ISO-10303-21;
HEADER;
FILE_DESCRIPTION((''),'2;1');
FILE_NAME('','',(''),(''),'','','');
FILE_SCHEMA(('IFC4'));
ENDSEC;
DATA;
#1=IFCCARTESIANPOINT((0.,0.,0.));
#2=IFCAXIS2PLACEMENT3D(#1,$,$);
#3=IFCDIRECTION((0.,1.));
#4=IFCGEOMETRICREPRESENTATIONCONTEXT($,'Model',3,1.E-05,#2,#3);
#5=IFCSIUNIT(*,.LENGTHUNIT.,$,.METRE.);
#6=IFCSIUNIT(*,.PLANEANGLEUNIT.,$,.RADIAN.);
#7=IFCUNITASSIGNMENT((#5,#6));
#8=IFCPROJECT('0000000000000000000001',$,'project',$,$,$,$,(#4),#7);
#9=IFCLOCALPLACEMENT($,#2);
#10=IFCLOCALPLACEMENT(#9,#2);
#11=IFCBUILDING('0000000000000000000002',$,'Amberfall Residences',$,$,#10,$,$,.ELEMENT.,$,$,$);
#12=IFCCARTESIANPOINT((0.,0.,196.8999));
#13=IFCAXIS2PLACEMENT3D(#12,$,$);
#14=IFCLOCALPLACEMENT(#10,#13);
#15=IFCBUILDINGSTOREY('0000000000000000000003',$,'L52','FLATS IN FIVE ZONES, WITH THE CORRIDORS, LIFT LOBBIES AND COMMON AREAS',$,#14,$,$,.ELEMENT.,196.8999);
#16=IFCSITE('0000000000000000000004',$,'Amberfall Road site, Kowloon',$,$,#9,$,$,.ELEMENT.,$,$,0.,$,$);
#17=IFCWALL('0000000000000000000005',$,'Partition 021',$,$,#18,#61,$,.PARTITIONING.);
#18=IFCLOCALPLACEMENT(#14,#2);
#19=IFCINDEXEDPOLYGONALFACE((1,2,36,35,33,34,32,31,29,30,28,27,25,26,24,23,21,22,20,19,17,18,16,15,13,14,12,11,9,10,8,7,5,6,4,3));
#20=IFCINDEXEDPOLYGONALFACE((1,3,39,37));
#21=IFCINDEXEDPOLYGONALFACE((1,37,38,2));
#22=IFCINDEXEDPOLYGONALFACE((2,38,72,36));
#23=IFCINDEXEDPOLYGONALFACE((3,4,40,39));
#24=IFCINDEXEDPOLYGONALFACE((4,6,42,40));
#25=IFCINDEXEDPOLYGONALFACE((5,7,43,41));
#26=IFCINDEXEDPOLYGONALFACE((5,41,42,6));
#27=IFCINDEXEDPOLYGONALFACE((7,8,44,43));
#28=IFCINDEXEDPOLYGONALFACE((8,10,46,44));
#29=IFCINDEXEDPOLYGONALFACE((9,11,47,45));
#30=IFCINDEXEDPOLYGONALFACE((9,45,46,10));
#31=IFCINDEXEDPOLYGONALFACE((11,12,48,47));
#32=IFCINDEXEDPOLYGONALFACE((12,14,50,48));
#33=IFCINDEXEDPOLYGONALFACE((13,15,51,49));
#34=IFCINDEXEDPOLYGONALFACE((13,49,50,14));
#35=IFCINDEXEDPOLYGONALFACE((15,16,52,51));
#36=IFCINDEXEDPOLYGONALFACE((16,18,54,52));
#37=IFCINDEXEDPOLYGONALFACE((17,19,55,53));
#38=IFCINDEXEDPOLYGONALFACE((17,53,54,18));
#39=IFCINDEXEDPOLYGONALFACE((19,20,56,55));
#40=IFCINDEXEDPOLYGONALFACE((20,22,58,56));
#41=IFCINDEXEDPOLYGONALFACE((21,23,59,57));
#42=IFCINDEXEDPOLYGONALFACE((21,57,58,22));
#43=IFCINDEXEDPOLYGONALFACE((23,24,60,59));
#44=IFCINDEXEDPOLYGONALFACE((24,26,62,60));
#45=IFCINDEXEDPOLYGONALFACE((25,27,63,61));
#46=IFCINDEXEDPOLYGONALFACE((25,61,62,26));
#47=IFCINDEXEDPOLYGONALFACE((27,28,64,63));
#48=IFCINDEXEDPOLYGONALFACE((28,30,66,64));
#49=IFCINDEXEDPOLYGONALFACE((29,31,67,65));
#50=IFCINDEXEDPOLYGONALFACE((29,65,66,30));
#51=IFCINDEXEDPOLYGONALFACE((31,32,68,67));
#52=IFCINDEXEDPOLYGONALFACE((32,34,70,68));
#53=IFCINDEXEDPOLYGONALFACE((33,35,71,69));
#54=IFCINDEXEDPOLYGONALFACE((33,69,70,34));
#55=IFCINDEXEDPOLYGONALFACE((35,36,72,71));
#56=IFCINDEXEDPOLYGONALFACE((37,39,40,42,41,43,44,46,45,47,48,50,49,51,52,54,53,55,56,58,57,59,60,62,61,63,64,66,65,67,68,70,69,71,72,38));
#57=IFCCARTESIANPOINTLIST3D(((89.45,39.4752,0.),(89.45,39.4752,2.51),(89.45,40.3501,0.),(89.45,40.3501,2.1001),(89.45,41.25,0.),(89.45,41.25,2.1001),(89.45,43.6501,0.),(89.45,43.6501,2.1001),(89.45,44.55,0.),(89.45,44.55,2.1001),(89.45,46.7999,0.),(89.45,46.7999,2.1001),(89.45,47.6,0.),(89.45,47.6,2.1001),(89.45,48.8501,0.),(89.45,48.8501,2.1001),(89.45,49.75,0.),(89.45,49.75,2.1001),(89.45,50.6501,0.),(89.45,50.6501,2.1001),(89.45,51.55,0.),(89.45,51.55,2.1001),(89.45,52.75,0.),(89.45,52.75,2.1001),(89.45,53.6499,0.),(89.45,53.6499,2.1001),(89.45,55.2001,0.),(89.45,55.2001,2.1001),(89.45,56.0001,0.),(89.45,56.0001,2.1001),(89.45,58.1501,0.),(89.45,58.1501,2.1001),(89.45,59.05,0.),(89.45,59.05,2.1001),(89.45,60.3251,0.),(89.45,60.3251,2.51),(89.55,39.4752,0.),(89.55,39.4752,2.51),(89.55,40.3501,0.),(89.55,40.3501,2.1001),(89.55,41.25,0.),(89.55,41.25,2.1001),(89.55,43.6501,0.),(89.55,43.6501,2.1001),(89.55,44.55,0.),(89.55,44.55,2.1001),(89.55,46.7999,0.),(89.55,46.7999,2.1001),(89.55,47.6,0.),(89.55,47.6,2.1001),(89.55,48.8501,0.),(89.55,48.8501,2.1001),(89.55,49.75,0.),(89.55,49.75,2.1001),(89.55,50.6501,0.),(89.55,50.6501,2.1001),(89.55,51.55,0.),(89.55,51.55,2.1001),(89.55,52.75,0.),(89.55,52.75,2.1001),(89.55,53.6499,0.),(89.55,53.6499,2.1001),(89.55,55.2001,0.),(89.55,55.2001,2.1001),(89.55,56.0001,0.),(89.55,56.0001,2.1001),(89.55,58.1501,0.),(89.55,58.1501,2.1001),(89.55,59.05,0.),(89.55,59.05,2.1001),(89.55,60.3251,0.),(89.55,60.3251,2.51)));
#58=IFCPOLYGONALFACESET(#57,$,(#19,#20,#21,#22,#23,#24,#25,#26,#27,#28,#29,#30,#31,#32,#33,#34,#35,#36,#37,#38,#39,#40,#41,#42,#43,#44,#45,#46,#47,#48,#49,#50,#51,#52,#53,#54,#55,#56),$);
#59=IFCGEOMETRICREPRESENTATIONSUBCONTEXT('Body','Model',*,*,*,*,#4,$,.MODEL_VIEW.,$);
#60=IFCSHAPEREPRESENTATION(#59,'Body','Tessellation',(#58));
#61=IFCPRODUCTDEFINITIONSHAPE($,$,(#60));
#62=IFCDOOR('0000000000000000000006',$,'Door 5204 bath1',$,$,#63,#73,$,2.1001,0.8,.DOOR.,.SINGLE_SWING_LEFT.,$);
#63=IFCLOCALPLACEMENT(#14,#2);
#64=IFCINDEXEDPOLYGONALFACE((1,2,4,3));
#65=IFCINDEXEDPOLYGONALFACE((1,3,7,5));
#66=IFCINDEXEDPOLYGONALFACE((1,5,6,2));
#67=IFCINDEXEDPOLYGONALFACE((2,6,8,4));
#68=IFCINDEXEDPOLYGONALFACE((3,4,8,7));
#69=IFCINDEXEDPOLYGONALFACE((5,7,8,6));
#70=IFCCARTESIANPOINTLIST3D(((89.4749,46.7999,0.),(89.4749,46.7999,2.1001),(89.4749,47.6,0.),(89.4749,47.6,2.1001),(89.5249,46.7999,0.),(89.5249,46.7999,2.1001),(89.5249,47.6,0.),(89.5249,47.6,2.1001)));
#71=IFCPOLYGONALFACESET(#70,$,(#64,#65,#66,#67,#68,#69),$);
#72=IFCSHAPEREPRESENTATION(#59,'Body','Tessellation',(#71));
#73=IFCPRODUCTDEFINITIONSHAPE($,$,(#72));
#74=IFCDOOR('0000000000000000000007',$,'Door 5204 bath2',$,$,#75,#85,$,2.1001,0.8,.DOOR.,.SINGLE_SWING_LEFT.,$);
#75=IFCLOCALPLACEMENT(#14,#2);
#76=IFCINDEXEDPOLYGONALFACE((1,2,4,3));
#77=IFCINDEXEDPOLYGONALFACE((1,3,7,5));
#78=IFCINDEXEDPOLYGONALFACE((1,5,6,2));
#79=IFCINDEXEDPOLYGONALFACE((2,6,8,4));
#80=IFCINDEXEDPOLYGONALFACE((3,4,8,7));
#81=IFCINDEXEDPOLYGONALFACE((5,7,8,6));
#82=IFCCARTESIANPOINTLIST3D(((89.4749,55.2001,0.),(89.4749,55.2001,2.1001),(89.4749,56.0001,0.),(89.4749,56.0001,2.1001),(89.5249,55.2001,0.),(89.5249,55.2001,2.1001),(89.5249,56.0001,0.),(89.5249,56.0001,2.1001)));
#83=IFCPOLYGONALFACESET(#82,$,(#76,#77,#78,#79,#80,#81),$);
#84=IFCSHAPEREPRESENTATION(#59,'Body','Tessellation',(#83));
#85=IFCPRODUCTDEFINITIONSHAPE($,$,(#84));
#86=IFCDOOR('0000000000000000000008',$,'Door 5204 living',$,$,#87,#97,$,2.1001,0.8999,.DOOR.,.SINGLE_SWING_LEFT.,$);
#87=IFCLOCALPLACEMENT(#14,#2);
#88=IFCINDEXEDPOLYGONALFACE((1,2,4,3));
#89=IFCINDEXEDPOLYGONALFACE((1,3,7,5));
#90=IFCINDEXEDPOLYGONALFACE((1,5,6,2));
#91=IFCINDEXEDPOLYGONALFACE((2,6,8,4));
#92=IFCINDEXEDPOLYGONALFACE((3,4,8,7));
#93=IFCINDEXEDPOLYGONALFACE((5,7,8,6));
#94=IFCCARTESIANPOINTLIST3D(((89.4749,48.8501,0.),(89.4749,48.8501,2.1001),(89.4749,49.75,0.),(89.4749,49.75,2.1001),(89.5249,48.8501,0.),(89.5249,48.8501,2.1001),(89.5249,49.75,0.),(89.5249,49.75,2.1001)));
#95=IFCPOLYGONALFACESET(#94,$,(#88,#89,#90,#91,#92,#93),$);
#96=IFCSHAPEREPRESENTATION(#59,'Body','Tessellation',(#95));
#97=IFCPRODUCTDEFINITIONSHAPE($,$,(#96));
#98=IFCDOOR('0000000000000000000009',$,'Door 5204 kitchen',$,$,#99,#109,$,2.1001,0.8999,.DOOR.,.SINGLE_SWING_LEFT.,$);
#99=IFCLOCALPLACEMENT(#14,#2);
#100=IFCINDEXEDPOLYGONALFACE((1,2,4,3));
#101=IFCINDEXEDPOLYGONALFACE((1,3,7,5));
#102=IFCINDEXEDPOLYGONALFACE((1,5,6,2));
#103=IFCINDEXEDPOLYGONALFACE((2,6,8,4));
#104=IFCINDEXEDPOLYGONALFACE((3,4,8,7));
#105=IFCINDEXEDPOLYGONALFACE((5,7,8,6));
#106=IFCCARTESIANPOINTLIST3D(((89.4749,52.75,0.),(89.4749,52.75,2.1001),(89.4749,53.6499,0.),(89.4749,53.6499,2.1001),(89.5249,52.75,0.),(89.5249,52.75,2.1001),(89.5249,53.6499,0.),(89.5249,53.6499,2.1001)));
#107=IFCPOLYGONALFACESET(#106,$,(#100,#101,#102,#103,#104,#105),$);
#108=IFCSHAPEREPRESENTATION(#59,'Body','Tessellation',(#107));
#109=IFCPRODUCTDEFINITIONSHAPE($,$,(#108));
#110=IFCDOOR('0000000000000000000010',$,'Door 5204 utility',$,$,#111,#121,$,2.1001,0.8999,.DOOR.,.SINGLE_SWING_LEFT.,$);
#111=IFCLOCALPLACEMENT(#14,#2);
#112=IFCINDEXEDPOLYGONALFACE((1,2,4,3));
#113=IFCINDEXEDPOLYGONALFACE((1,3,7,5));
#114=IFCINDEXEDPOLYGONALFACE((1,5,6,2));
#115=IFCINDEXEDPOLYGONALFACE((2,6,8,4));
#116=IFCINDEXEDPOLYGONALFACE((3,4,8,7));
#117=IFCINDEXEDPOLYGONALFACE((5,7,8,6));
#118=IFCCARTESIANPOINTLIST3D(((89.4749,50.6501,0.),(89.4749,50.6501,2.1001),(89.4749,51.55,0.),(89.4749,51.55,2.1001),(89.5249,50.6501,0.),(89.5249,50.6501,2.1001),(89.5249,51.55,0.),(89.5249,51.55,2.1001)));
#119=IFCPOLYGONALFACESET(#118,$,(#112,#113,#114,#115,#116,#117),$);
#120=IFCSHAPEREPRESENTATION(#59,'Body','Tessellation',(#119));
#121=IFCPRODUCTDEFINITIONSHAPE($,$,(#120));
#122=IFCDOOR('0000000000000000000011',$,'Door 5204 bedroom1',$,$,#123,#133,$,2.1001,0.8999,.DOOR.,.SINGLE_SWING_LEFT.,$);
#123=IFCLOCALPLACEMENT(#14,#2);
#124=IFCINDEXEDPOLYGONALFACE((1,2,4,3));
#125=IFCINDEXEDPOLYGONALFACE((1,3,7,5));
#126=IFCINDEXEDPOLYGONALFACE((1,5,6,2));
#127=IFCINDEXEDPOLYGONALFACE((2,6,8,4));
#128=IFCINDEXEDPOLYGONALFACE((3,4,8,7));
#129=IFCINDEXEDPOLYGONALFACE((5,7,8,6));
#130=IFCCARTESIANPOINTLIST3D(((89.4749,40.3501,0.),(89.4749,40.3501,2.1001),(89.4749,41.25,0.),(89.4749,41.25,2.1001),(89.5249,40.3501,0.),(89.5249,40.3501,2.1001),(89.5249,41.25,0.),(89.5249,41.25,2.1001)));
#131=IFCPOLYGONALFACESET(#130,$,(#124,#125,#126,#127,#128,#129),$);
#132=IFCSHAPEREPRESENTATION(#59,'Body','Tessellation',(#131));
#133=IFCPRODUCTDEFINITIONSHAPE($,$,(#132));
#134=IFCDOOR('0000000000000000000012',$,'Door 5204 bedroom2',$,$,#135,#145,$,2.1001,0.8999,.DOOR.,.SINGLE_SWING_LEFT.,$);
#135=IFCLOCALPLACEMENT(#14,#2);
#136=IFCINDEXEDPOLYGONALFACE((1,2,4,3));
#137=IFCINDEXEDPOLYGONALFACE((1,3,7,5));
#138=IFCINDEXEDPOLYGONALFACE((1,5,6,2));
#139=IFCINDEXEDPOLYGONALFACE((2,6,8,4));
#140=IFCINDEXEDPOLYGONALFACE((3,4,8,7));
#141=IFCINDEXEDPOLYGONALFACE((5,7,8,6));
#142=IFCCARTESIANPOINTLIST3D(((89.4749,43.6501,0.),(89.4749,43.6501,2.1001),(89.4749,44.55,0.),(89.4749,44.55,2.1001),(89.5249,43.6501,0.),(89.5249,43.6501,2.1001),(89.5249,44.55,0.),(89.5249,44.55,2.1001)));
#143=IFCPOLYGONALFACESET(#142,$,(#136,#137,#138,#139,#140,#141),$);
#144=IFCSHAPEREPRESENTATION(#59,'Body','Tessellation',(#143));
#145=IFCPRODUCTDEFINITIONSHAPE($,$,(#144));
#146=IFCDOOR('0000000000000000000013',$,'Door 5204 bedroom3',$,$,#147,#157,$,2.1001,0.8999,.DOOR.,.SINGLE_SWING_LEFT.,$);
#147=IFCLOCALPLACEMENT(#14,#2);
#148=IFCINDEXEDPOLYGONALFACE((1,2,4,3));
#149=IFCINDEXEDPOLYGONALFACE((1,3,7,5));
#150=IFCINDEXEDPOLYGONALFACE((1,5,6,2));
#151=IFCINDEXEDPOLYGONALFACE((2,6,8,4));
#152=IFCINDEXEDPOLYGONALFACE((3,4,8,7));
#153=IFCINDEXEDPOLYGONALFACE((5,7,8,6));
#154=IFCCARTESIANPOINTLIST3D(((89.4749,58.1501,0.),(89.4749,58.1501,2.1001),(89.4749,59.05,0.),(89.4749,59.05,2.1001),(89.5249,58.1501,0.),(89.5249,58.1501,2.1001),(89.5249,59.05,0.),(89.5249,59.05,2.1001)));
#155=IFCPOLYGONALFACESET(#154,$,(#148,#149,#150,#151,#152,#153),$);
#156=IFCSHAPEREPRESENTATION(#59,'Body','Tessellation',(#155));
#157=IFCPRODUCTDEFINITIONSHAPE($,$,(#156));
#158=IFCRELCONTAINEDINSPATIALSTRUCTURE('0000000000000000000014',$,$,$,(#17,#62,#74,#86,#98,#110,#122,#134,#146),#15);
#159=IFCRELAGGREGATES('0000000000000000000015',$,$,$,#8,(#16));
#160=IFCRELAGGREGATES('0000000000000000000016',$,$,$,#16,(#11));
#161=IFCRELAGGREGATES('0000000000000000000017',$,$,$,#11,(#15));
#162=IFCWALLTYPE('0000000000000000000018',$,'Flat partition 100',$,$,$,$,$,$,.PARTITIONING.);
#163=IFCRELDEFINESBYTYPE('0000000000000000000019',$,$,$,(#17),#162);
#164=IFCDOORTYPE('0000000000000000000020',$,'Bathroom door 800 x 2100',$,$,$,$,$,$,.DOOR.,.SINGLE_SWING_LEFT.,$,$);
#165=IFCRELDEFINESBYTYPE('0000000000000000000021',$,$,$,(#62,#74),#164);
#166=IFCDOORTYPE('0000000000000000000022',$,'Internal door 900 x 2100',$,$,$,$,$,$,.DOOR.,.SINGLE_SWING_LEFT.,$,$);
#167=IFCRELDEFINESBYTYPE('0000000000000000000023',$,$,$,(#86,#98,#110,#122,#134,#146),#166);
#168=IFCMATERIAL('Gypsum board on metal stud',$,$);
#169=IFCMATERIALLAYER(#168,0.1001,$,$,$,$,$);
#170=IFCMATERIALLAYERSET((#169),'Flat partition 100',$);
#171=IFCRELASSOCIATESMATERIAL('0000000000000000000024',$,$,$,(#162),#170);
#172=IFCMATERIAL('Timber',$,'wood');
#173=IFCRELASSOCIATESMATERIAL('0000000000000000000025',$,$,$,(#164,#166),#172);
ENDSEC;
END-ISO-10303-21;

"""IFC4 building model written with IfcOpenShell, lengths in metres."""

from ifc_helpers import new_model, si_unit, direction, frame, frame_2d, origin, place, context, subcontext, project, spatial, rectangle, extrude, material, layer, layer_set, type_object, element, fill, save


model = new_model("IFC4")

# Units and contexts
model_context = context("Model", 3, precision=1e-05, world=origin(), true_north=direction((0.0, 1.0)))
body_context = subcontext(model_context, "Body", "Model", "MODEL_VIEW")
ifc_project = project(units=[si_unit("LENGTHUNIT", "METRE"), si_unit("PLANEANGLEUNIT", "RADIAN")], contexts=[model_context])

# Site, building, storey
site_placement = place(None, origin())
site = spatial("IfcSite", under=ifc_project, at=site_placement, Name="Amberfall Road site, Kowloon", CompositionType="ELEMENT", RefElevation=0.0)
building_placement = place(site_placement, origin())
building = spatial("IfcBuilding", under=site, at=building_placement, Name="Amberfall Residences", CompositionType="ELEMENT")
storey_placement = place(building_placement, frame((0.0, 0.0, 196.8999)))
storey = spatial("IfcBuildingStorey", under=building, at=storey_placement, Name="L52", Description="FLATS IN FIVE ZONES, WITH THE CORRIDORS, LIFT LOBBIES AND COMMON AREAS", CompositionType="ELEMENT", Elevation=196.8999)

# Wall, openings, doors
ifc_material_1 = material(Name="Gypsum board on metal stud")
ifc_layer_1 = layer(ifc_material_1, 0.1001)
ifc_layer_set_1 = layer_set([ifc_layer_1], Name="Flat partition 100")
wall_type_1 = type_object("IfcWallType", Name="Flat partition 100", PredefinedType="PARTITIONING", material=ifc_layer_set_1)
wall_1_placement = place(storey_placement, frame((89.5, 60.325, 0.0), z_axis=(0.0, 0.0, 1.0), x_axis=(0.0, -1.0, 0.0)))
wall_1 = element("IfcWall", 1, at=wall_1_placement, inside=storey, type_object=wall_type_1, Name="Partition 021", PredefinedType="PARTITIONING", context=body_context, shape_type="SweptSolid", body=[
    extrude(rectangle(XDim=20.8499, YDim=0.1001, at=frame_2d((10.4248, 0.0))), origin(), (0.0, 0.0, 1.0), 2.51),
])
opening_1_placement = place(wall_1_placement, frame((10.575, 0.0, 0.0)))
opening_1 = element("IfcOpeningElement", 2, at=opening_1_placement, cuts=wall_1, PredefinedType="OPENING", context=body_context, shape_type="SweptSolid", body=[
    extrude(rectangle(XDim=0.8999, YDim=2.1001, at=frame_2d((0.45, 1.05))), frame((0.0, 0.0601, 0.0), z_axis=(0.0, -1.0, 0.0), x_axis=(1.0, 0.0, 0.0)), (0.0, 0.0, 1.0), 0.1201),
])
opening_2_placement = place(wall_1_placement, frame((6.675, 0.0, 0.0)))
opening_2 = element("IfcOpeningElement", 3, at=opening_2_placement, cuts=wall_1, PredefinedType="OPENING", context=body_context, shape_type="SweptSolid", body=[
    extrude(rectangle(XDim=0.8999, YDim=2.1001, at=frame_2d((0.45, 1.05))), frame((0.0, 0.0601, 0.0), z_axis=(0.0, -1.0, 0.0), x_axis=(1.0, 0.0, 0.0)), (0.0, 0.0, 1.0), 0.1201),
])
opening_3_placement = place(wall_1_placement, frame((8.7749, 0.0, 0.0)))
opening_3 = element("IfcOpeningElement", 4, at=opening_3_placement, cuts=wall_1, PredefinedType="OPENING", context=body_context, shape_type="SweptSolid", body=[
    extrude(rectangle(XDim=0.8999, YDim=2.1001, at=frame_2d((0.45, 1.05))), frame((0.0, 0.0601, 0.0), z_axis=(0.0, -1.0, 0.0), x_axis=(1.0, 0.0, 0.0)), (0.0, 0.0, 1.0), 0.1201),
])
opening_4_placement = place(wall_1_placement, frame((19.075, 0.0, 0.0)))
opening_4 = element("IfcOpeningElement", 5, at=opening_4_placement, cuts=wall_1, PredefinedType="OPENING", context=body_context, shape_type="SweptSolid", body=[
    extrude(rectangle(XDim=0.8999, YDim=2.1001, at=frame_2d((0.45, 1.05))), frame((0.0, 0.0601, 0.0), z_axis=(0.0, -1.0, 0.0), x_axis=(1.0, 0.0, 0.0)), (0.0, 0.0, 1.0), 0.1201),
])
opening_5_placement = place(wall_1_placement, frame((15.7749, 0.0, 0.0)))
opening_5 = element("IfcOpeningElement", 6, at=opening_5_placement, cuts=wall_1, PredefinedType="OPENING", context=body_context, shape_type="SweptSolid", body=[
    extrude(rectangle(XDim=0.8999, YDim=2.1001, at=frame_2d((0.45, 1.05))), frame((0.0, 0.0601, 0.0), z_axis=(0.0, -1.0, 0.0), x_axis=(1.0, 0.0, 0.0)), (0.0, 0.0, 1.0), 0.1201),
])
opening_6_placement = place(wall_1_placement, frame((1.2749, 0.0, 0.0)))
opening_6 = element("IfcOpeningElement", 7, at=opening_6_placement, cuts=wall_1, PredefinedType="OPENING", context=body_context, shape_type="SweptSolid", body=[
    extrude(rectangle(XDim=0.8999, YDim=2.1001, at=frame_2d((0.45, 1.05))), frame((0.0, 0.0601, 0.0), z_axis=(0.0, -1.0, 0.0), x_axis=(1.0, 0.0, 0.0)), (0.0, 0.0, 1.0), 0.1201),
])
opening_7_placement = place(wall_1_placement, frame((12.7251, 0.0, 0.0)))
opening_7 = element("IfcOpeningElement", 8, at=opening_7_placement, cuts=wall_1, PredefinedType="OPENING", context=body_context, shape_type="SweptSolid", body=[
    extrude(rectangle(XDim=0.8, YDim=2.1001, at=frame_2d((0.3999, 1.05))), frame((0.0, 0.0601, 0.0), z_axis=(0.0, -1.0, 0.0), x_axis=(1.0, 0.0, 0.0)), (0.0, 0.0, 1.0), 0.1201),
])
opening_8_placement = place(wall_1_placement, frame((4.325, 0.0, 0.0)))
opening_8 = element("IfcOpeningElement", 9, at=opening_8_placement, cuts=wall_1, PredefinedType="OPENING", context=body_context, shape_type="SweptSolid", body=[
    extrude(rectangle(XDim=0.8, YDim=2.1001, at=frame_2d((0.3999, 1.05))), frame((0.0, 0.0601, 0.0), z_axis=(0.0, -1.0, 0.0), x_axis=(1.0, 0.0, 0.0)), (0.0, 0.0, 1.0), 0.1201),
])
ifc_material_2 = material(Name="Timber", Category="wood")
door_type_1 = type_object("IfcDoorType", Name="Bathroom door 800 x 2100", OperationType="SINGLE_SWING_LEFT", PredefinedType="DOOR", material=ifc_material_2)
door_1_placement = place(opening_7_placement, origin())
door_1 = element("IfcDoor", 10, at=door_1_placement, inside=storey, type_object=door_type_1, Name="Door 5204 bath1", OperationType="SINGLE_SWING_LEFT", OverallHeight=2.1001, OverallWidth=0.8, PredefinedType="DOOR", context=body_context, shape_type="SweptSolid", body=[
    extrude(rectangle(XDim=0.8, YDim=2.1001, at=frame_2d((0.3999, 1.05))), frame((0.0, 0.0249, 0.0), z_axis=(0.0, -1.0, 0.0), x_axis=(1.0, 0.0, 0.0)), (0.0, 0.0, 1.0), 0.05),
])
fill(opening_7, door_1)
door_2_placement = place(opening_8_placement, origin())
door_2 = element("IfcDoor", 11, at=door_2_placement, inside=storey, type_object=door_type_1, Name="Door 5204 bath2", OperationType="SINGLE_SWING_LEFT", OverallHeight=2.1001, OverallWidth=0.8, PredefinedType="DOOR", context=body_context, shape_type="SweptSolid", body=[
    extrude(rectangle(XDim=0.8, YDim=2.1001, at=frame_2d((0.3999, 1.05))), frame((0.0, 0.0249, 0.0), z_axis=(0.0, -1.0, 0.0), x_axis=(1.0, 0.0, 0.0)), (0.0, 0.0, 1.0), 0.05),
])
fill(opening_8, door_2)
door_type_2 = type_object("IfcDoorType", Name="Internal door 900 x 2100", OperationType="SINGLE_SWING_LEFT", PredefinedType="DOOR", material=ifc_material_2)
door_3_placement = place(opening_1_placement, origin())
door_3 = element("IfcDoor", 12, at=door_3_placement, inside=storey, type_object=door_type_2, Name="Door 5204 living", OperationType="SINGLE_SWING_LEFT", OverallHeight=2.1001, OverallWidth=0.8999, PredefinedType="DOOR", context=body_context, shape_type="SweptSolid", body=[
    extrude(rectangle(XDim=0.8999, YDim=2.1001, at=frame_2d((0.45, 1.05))), frame((0.0, 0.0249, 0.0), z_axis=(0.0, -1.0, 0.0), x_axis=(1.0, 0.0, 0.0)), (0.0, 0.0, 1.0), 0.05),
])
fill(opening_1, door_3)
door_4_placement = place(opening_2_placement, origin())
door_4 = element("IfcDoor", 13, at=door_4_placement, inside=storey, type_object=door_type_2, Name="Door 5204 kitchen", OperationType="SINGLE_SWING_LEFT", OverallHeight=2.1001, OverallWidth=0.8999, PredefinedType="DOOR", context=body_context, shape_type="SweptSolid", body=[
    extrude(rectangle(XDim=0.8999, YDim=2.1001, at=frame_2d((0.45, 1.05))), frame((0.0, 0.0249, 0.0), z_axis=(0.0, -1.0, 0.0), x_axis=(1.0, 0.0, 0.0)), (0.0, 0.0, 1.0), 0.05),
])
fill(opening_2, door_4)
door_5_placement = place(opening_3_placement, origin())
door_5 = element("IfcDoor", 14, at=door_5_placement, inside=storey, type_object=door_type_2, Name="Door 5204 utility", OperationType="SINGLE_SWING_LEFT", OverallHeight=2.1001, OverallWidth=0.8999, PredefinedType="DOOR", context=body_context, shape_type="SweptSolid", body=[
    extrude(rectangle(XDim=0.8999, YDim=2.1001, at=frame_2d((0.45, 1.05))), frame((0.0, 0.0249, 0.0), z_axis=(0.0, -1.0, 0.0), x_axis=(1.0, 0.0, 0.0)), (0.0, 0.0, 1.0), 0.05),
])
fill(opening_3, door_5)
door_6_placement = place(opening_4_placement, origin())
door_6 = element("IfcDoor", 15, at=door_6_placement, inside=storey, type_object=door_type_2, Name="Door 5204 bedroom1", OperationType="SINGLE_SWING_LEFT", OverallHeight=2.1001, OverallWidth=0.8999, PredefinedType="DOOR", context=body_context, shape_type="SweptSolid", body=[
    extrude(rectangle(XDim=0.8999, YDim=2.1001, at=frame_2d((0.45, 1.05))), frame((0.0, 0.0249, 0.0), z_axis=(0.0, -1.0, 0.0), x_axis=(1.0, 0.0, 0.0)), (0.0, 0.0, 1.0), 0.05),
])
fill(opening_4, door_6)
door_7_placement = place(opening_5_placement, origin())
door_7 = element("IfcDoor", 16, at=door_7_placement, inside=storey, type_object=door_type_2, Name="Door 5204 bedroom2", OperationType="SINGLE_SWING_LEFT", OverallHeight=2.1001, OverallWidth=0.8999, PredefinedType="DOOR", context=body_context, shape_type="SweptSolid", body=[
    extrude(rectangle(XDim=0.8999, YDim=2.1001, at=frame_2d((0.45, 1.05))), frame((0.0, 0.0249, 0.0), z_axis=(0.0, -1.0, 0.0), x_axis=(1.0, 0.0, 0.0)), (0.0, 0.0, 1.0), 0.05),
])
fill(opening_5, door_7)
door_8_placement = place(opening_6_placement, origin())
door_8 = element("IfcDoor", 17, at=door_8_placement, inside=storey, type_object=door_type_2, Name="Door 5204 bedroom3", OperationType="SINGLE_SWING_LEFT", OverallHeight=2.1001, OverallWidth=0.8999, PredefinedType="DOOR", context=body_context, shape_type="SweptSolid", body=[
    extrude(rectangle(XDim=0.8999, YDim=2.1001, at=frame_2d((0.45, 1.05))), frame((0.0, 0.0249, 0.0), z_axis=(0.0, -1.0, 0.0), x_axis=(1.0, 0.0, 0.0)), (0.0, 0.0, 1.0), 0.05),
])
fill(opening_6, door_8)

save(model, "model.ifc")
